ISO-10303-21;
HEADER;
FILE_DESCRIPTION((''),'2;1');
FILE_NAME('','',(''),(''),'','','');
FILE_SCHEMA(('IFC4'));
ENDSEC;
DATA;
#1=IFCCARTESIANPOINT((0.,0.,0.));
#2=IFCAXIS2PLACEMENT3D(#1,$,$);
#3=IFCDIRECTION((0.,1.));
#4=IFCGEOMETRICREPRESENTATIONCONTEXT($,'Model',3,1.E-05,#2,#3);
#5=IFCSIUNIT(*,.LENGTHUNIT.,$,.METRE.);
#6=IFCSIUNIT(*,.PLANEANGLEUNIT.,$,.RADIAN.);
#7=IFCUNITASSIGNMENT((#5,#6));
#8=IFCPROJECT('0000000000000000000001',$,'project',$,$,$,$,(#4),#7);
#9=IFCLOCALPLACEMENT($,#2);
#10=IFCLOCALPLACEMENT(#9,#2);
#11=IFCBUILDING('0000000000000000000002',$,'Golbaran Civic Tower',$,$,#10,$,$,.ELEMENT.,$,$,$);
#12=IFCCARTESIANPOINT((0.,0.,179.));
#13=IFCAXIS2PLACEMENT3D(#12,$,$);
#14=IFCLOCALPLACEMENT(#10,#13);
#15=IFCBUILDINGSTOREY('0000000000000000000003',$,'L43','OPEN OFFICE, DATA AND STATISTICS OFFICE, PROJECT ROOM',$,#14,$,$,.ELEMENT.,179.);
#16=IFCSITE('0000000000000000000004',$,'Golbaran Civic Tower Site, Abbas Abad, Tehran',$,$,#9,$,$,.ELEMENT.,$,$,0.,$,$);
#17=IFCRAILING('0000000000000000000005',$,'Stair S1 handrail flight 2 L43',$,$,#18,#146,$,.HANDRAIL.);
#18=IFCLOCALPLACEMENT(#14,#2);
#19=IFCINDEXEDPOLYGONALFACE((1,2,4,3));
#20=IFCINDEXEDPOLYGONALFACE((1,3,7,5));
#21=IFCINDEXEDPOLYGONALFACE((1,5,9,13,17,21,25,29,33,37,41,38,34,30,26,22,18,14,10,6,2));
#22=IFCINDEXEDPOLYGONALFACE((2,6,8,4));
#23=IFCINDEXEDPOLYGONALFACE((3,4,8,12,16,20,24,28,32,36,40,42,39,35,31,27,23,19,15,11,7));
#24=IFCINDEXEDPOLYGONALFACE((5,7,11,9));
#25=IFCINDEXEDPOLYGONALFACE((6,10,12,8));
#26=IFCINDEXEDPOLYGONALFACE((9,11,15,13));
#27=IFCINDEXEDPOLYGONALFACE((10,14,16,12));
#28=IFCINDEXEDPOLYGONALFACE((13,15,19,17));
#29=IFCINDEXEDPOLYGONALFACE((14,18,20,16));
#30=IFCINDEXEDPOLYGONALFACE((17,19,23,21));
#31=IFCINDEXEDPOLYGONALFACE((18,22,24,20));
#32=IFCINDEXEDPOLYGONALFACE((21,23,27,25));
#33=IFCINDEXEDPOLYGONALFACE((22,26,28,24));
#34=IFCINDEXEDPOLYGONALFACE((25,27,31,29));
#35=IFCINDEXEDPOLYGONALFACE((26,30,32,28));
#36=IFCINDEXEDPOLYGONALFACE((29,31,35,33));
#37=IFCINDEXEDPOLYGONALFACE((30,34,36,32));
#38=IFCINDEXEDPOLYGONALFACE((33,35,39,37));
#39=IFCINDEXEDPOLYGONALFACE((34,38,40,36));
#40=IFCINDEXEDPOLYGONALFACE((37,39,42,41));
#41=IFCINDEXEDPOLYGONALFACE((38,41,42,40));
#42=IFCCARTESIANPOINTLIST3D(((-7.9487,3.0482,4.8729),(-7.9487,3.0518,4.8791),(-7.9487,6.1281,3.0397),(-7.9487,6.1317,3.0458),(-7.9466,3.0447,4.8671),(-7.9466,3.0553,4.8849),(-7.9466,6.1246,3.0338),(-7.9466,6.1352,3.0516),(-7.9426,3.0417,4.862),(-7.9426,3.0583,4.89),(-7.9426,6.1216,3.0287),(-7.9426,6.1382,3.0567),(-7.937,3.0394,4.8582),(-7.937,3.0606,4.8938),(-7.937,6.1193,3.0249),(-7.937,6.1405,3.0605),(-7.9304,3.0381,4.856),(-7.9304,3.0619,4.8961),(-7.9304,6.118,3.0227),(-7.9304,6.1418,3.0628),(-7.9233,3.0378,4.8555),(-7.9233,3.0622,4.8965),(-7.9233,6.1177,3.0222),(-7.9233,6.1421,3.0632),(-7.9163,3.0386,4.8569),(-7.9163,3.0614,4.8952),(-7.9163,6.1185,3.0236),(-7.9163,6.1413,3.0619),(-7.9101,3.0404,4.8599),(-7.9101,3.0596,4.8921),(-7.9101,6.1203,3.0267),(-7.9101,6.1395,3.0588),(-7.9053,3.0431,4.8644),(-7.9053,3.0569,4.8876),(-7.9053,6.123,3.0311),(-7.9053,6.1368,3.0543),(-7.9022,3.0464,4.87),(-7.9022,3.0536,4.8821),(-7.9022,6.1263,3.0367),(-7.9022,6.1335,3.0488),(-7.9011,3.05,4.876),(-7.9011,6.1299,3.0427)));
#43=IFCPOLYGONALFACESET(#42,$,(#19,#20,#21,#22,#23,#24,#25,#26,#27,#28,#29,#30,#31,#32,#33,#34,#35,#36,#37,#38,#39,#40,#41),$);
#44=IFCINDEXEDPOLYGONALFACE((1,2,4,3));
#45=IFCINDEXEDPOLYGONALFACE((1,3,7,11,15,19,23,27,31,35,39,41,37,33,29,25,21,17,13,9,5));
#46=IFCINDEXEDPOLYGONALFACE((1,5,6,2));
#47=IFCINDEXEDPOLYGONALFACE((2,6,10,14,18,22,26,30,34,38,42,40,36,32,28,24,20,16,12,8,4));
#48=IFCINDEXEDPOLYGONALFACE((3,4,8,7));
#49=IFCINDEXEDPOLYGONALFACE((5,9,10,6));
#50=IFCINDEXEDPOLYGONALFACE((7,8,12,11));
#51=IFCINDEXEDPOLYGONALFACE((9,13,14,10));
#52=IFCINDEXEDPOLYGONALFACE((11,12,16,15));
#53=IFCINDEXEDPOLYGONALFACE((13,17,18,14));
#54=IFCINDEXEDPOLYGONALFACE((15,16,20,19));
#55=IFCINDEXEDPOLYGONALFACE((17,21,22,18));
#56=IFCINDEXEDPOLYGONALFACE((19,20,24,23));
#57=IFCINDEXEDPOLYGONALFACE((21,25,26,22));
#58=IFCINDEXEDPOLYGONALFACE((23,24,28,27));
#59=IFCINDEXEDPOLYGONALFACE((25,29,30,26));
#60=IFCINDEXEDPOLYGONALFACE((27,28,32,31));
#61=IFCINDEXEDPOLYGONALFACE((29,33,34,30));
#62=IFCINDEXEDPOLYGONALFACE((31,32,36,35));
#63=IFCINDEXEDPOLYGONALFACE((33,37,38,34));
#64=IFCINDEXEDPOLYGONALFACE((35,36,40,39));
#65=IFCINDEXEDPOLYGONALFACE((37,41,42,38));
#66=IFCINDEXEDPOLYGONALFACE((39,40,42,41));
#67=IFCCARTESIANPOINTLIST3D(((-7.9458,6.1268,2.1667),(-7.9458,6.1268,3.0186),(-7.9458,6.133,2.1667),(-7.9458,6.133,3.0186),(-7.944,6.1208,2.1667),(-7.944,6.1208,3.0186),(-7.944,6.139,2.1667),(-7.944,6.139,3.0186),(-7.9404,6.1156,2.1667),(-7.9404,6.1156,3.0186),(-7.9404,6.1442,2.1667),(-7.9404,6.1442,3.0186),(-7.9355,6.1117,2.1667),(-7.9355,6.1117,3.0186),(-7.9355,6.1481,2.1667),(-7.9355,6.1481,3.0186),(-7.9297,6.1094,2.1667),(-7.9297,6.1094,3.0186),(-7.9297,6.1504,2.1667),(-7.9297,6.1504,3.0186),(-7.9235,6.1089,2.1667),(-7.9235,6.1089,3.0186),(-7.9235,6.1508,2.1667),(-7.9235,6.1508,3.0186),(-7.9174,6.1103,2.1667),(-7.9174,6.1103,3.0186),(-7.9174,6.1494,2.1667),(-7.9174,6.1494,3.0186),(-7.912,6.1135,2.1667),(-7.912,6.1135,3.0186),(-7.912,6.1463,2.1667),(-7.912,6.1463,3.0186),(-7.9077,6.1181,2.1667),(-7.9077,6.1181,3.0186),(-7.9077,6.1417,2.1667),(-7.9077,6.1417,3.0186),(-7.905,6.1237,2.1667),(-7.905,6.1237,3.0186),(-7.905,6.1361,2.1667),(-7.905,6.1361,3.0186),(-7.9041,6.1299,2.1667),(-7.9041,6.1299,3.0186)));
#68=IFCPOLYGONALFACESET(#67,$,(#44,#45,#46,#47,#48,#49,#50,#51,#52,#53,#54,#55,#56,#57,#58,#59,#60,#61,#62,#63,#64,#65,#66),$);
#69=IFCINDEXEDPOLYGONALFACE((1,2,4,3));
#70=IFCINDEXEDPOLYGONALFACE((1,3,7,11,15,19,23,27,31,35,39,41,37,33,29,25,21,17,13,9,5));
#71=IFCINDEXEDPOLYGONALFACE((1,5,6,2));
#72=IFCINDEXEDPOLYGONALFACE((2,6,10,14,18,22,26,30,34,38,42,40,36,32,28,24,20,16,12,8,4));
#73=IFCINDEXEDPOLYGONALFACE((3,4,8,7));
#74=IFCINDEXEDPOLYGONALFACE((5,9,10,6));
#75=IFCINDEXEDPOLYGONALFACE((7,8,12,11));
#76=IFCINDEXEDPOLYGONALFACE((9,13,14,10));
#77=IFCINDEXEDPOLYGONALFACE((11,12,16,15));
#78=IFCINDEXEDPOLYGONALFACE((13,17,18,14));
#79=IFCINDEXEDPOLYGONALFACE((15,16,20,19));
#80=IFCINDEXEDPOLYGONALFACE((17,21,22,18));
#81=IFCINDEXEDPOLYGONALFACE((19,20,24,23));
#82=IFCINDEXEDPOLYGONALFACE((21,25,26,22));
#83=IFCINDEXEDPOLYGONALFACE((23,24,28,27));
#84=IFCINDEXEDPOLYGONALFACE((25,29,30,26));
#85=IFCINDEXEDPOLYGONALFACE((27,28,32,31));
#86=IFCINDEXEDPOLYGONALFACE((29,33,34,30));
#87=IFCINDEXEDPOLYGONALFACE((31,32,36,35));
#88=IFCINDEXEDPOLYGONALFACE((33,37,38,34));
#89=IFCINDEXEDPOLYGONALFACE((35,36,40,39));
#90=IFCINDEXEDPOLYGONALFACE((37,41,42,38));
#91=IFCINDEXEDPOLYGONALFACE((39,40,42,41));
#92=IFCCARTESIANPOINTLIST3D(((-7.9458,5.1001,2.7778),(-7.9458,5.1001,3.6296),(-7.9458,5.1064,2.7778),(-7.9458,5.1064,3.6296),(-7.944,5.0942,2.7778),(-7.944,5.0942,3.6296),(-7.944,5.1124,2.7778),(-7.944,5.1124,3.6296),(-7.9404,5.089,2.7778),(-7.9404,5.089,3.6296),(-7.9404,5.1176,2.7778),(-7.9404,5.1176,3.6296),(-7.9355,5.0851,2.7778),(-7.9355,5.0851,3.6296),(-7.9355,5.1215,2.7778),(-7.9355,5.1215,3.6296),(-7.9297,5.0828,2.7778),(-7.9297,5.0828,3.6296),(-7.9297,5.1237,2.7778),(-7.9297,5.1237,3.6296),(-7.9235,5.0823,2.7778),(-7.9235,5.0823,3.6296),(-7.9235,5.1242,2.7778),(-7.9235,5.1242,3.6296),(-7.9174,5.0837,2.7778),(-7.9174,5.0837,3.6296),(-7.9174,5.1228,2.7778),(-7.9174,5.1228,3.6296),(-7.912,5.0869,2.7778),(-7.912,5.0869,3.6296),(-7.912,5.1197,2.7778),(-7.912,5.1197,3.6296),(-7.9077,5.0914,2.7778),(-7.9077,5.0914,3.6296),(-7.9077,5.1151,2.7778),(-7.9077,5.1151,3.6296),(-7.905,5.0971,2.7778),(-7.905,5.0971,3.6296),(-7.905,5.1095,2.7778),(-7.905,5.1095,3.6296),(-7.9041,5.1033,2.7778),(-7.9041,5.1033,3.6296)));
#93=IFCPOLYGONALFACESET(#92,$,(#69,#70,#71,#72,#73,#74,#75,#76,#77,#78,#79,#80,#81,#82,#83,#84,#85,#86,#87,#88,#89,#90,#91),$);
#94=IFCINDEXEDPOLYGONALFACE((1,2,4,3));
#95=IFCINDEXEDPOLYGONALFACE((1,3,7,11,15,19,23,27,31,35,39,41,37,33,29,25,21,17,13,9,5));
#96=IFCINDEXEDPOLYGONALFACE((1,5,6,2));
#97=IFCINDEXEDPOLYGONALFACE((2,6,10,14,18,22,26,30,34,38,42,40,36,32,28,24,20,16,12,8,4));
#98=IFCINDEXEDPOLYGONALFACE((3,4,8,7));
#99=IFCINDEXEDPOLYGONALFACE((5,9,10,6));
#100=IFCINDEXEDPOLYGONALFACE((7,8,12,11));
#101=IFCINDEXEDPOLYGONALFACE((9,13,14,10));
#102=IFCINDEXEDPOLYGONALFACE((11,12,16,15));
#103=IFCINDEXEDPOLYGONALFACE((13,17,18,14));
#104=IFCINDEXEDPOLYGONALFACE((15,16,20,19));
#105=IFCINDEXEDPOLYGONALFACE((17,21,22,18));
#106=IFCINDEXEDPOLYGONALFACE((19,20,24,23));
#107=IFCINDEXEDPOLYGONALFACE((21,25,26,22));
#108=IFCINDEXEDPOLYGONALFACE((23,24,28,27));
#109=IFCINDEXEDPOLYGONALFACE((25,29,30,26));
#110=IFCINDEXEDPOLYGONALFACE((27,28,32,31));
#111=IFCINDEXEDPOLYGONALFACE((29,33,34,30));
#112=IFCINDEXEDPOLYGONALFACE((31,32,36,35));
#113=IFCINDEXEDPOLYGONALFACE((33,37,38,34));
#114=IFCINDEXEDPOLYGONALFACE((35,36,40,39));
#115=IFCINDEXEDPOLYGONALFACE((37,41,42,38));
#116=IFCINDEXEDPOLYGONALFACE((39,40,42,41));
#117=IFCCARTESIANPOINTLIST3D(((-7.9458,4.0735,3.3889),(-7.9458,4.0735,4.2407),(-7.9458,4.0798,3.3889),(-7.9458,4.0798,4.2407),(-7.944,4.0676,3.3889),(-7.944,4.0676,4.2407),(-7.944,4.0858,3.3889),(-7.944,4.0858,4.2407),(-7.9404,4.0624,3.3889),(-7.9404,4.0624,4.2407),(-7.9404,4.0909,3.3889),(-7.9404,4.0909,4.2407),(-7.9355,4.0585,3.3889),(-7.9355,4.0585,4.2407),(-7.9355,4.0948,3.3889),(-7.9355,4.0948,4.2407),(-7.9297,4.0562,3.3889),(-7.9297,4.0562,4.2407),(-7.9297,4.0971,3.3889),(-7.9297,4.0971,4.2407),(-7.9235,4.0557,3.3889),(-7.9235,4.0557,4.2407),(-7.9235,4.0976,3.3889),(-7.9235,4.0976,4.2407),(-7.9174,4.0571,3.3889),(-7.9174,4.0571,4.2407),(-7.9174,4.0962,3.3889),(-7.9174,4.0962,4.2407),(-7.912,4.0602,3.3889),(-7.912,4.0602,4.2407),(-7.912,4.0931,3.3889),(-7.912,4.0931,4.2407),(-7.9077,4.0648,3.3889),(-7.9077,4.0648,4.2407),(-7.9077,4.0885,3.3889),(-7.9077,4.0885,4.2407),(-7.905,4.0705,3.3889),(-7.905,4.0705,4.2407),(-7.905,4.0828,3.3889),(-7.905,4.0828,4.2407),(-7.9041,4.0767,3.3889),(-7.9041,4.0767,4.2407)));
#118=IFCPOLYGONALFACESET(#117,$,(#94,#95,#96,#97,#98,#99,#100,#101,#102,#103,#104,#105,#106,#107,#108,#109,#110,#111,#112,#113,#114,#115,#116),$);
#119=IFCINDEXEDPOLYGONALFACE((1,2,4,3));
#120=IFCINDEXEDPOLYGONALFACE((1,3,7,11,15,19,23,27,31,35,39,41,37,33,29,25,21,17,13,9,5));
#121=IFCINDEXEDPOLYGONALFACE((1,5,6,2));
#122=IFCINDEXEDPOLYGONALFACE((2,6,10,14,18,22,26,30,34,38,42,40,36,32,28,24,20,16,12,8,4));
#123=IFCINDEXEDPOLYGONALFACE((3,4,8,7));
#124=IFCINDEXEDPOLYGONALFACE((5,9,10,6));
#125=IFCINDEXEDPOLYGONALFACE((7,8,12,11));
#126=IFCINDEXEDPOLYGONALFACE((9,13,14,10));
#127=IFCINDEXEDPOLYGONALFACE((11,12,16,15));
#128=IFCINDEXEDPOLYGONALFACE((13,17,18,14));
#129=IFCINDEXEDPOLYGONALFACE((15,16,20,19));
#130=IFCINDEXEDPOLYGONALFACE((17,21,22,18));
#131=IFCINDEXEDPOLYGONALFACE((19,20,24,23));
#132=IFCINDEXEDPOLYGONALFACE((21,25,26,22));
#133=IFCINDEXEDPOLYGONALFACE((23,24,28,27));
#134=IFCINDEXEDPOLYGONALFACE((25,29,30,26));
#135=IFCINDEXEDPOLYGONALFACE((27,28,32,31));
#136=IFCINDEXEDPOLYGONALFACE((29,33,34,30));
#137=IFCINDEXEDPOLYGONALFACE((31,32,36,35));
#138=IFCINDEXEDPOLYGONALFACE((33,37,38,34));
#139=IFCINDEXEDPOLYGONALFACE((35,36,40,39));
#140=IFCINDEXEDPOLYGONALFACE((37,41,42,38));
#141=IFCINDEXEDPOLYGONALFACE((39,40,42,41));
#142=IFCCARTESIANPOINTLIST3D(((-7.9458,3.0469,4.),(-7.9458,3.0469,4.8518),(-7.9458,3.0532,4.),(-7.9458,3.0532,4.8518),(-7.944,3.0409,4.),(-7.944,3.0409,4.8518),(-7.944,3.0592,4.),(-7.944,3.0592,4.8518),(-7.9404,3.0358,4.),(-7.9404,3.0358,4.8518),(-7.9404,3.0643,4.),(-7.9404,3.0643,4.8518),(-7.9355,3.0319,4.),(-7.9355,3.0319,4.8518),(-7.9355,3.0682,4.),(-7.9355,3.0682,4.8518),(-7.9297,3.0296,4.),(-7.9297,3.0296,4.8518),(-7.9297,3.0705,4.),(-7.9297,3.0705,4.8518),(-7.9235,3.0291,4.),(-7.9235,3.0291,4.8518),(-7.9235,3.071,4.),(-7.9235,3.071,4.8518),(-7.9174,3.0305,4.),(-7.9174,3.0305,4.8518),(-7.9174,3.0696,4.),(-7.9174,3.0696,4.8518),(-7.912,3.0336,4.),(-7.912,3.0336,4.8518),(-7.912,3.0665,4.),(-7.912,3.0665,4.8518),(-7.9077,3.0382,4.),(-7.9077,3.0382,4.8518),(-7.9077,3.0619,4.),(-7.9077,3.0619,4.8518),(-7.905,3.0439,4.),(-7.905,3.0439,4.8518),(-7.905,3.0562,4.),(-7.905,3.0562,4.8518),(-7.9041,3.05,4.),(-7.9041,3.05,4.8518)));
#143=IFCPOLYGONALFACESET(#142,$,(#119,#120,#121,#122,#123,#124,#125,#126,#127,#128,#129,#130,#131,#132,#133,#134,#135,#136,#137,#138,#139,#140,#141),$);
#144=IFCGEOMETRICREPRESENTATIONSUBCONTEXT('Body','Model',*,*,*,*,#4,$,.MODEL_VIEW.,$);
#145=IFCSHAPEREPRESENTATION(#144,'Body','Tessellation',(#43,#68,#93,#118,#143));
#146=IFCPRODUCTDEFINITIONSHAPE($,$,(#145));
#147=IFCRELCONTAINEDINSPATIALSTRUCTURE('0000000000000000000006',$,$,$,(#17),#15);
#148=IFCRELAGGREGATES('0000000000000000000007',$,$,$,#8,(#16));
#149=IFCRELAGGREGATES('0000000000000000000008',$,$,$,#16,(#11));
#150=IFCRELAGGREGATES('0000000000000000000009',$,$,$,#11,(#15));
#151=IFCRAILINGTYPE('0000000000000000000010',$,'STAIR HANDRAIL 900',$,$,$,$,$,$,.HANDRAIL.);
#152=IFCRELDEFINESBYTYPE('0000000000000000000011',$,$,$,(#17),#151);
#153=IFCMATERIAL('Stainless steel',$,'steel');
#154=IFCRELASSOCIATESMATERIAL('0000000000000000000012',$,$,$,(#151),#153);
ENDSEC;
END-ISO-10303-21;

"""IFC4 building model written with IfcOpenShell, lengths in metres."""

from ifc_helpers import new_model, si_unit, direction, frame, origin, origin_2d, place, context, subcontext, project, spatial, circle, extrude, material, type_object, element, save


model = new_model("IFC4")

# Units and contexts
model_context = context("Model", 3, precision=1e-05, world=origin(), true_north=direction((0.0, 1.0)))
body_context = subcontext(model_context, "Body", "Model", "MODEL_VIEW")
ifc_project = project(units=[si_unit("LENGTHUNIT", "METRE"), si_unit("PLANEANGLEUNIT", "RADIAN")], contexts=[model_context])

# Site, building, storey
site_placement = place(None, origin())
site = spatial("IfcSite", under=ifc_project, at=site_placement, Name="Golbaran Civic Tower Site, Abbas Abad, Tehran", CompositionType="ELEMENT", RefElevation=0.0)
building_placement = place(site_placement, origin())
building = spatial("IfcBuilding", under=site, at=building_placement, Name="Golbaran Civic Tower", CompositionType="ELEMENT")
storey_placement = place(building_placement, frame((0.0, 0.0, 179.0)))
storey = spatial("IfcBuildingStorey", under=building, at=storey_placement, Name="L43", Description="OPEN OFFICE, DATA AND STATISTICS OFFICE, PROJECT ROOM", CompositionType="ELEMENT", Elevation=179.0)

# Shared definitions
ifc_material_1 = material(Name="Stainless steel", Category="steel")

# Railing
railing_type = type_object("IfcRailingType", Name="STAIR HANDRAIL 900", PredefinedType="HANDRAIL", material=ifc_material_1)
railing_1_placement = place(storey_placement, frame((-7.925, 6.1299, 2.1667)))
element("IfcRailing", 1, at=railing_1_placement, inside=storey, type_object=railing_type, Name="Stair S1 handrail flight 2 L43", PredefinedType="HANDRAIL", context=body_context, shape_type="SweptSolid", body=[
    extrude(circle(Radius=0.0239, at=origin_2d()), frame((0.0, 0.0, 0.876), z_axis=(0.0, -0.859291, 0.511487), x_axis=(1.0, 0.0, 0.0)), (0.0, 0.0, 1.0), 3.5842),
    extrude(circle(Radius=0.021, at=origin_2d()), origin(), (0.0, 0.0, 1.0), 0.8518),
    extrude(circle(Radius=0.021, at=origin_2d()), frame((0.0, -1.0266, 0.6111)), (0.0, 0.0, 1.0), 0.8518),
    extrude(circle(Radius=0.021, at=origin_2d()), frame((0.0, -2.0532, 1.2222)), (0.0, 0.0, 1.0), 0.8518),
    extrude(circle(Radius=0.021, at=origin_2d()), frame((0.0, -3.0798, 1.8333)), (0.0, 0.0, 1.0), 0.8518),
])

save(model, "model.ifc")
